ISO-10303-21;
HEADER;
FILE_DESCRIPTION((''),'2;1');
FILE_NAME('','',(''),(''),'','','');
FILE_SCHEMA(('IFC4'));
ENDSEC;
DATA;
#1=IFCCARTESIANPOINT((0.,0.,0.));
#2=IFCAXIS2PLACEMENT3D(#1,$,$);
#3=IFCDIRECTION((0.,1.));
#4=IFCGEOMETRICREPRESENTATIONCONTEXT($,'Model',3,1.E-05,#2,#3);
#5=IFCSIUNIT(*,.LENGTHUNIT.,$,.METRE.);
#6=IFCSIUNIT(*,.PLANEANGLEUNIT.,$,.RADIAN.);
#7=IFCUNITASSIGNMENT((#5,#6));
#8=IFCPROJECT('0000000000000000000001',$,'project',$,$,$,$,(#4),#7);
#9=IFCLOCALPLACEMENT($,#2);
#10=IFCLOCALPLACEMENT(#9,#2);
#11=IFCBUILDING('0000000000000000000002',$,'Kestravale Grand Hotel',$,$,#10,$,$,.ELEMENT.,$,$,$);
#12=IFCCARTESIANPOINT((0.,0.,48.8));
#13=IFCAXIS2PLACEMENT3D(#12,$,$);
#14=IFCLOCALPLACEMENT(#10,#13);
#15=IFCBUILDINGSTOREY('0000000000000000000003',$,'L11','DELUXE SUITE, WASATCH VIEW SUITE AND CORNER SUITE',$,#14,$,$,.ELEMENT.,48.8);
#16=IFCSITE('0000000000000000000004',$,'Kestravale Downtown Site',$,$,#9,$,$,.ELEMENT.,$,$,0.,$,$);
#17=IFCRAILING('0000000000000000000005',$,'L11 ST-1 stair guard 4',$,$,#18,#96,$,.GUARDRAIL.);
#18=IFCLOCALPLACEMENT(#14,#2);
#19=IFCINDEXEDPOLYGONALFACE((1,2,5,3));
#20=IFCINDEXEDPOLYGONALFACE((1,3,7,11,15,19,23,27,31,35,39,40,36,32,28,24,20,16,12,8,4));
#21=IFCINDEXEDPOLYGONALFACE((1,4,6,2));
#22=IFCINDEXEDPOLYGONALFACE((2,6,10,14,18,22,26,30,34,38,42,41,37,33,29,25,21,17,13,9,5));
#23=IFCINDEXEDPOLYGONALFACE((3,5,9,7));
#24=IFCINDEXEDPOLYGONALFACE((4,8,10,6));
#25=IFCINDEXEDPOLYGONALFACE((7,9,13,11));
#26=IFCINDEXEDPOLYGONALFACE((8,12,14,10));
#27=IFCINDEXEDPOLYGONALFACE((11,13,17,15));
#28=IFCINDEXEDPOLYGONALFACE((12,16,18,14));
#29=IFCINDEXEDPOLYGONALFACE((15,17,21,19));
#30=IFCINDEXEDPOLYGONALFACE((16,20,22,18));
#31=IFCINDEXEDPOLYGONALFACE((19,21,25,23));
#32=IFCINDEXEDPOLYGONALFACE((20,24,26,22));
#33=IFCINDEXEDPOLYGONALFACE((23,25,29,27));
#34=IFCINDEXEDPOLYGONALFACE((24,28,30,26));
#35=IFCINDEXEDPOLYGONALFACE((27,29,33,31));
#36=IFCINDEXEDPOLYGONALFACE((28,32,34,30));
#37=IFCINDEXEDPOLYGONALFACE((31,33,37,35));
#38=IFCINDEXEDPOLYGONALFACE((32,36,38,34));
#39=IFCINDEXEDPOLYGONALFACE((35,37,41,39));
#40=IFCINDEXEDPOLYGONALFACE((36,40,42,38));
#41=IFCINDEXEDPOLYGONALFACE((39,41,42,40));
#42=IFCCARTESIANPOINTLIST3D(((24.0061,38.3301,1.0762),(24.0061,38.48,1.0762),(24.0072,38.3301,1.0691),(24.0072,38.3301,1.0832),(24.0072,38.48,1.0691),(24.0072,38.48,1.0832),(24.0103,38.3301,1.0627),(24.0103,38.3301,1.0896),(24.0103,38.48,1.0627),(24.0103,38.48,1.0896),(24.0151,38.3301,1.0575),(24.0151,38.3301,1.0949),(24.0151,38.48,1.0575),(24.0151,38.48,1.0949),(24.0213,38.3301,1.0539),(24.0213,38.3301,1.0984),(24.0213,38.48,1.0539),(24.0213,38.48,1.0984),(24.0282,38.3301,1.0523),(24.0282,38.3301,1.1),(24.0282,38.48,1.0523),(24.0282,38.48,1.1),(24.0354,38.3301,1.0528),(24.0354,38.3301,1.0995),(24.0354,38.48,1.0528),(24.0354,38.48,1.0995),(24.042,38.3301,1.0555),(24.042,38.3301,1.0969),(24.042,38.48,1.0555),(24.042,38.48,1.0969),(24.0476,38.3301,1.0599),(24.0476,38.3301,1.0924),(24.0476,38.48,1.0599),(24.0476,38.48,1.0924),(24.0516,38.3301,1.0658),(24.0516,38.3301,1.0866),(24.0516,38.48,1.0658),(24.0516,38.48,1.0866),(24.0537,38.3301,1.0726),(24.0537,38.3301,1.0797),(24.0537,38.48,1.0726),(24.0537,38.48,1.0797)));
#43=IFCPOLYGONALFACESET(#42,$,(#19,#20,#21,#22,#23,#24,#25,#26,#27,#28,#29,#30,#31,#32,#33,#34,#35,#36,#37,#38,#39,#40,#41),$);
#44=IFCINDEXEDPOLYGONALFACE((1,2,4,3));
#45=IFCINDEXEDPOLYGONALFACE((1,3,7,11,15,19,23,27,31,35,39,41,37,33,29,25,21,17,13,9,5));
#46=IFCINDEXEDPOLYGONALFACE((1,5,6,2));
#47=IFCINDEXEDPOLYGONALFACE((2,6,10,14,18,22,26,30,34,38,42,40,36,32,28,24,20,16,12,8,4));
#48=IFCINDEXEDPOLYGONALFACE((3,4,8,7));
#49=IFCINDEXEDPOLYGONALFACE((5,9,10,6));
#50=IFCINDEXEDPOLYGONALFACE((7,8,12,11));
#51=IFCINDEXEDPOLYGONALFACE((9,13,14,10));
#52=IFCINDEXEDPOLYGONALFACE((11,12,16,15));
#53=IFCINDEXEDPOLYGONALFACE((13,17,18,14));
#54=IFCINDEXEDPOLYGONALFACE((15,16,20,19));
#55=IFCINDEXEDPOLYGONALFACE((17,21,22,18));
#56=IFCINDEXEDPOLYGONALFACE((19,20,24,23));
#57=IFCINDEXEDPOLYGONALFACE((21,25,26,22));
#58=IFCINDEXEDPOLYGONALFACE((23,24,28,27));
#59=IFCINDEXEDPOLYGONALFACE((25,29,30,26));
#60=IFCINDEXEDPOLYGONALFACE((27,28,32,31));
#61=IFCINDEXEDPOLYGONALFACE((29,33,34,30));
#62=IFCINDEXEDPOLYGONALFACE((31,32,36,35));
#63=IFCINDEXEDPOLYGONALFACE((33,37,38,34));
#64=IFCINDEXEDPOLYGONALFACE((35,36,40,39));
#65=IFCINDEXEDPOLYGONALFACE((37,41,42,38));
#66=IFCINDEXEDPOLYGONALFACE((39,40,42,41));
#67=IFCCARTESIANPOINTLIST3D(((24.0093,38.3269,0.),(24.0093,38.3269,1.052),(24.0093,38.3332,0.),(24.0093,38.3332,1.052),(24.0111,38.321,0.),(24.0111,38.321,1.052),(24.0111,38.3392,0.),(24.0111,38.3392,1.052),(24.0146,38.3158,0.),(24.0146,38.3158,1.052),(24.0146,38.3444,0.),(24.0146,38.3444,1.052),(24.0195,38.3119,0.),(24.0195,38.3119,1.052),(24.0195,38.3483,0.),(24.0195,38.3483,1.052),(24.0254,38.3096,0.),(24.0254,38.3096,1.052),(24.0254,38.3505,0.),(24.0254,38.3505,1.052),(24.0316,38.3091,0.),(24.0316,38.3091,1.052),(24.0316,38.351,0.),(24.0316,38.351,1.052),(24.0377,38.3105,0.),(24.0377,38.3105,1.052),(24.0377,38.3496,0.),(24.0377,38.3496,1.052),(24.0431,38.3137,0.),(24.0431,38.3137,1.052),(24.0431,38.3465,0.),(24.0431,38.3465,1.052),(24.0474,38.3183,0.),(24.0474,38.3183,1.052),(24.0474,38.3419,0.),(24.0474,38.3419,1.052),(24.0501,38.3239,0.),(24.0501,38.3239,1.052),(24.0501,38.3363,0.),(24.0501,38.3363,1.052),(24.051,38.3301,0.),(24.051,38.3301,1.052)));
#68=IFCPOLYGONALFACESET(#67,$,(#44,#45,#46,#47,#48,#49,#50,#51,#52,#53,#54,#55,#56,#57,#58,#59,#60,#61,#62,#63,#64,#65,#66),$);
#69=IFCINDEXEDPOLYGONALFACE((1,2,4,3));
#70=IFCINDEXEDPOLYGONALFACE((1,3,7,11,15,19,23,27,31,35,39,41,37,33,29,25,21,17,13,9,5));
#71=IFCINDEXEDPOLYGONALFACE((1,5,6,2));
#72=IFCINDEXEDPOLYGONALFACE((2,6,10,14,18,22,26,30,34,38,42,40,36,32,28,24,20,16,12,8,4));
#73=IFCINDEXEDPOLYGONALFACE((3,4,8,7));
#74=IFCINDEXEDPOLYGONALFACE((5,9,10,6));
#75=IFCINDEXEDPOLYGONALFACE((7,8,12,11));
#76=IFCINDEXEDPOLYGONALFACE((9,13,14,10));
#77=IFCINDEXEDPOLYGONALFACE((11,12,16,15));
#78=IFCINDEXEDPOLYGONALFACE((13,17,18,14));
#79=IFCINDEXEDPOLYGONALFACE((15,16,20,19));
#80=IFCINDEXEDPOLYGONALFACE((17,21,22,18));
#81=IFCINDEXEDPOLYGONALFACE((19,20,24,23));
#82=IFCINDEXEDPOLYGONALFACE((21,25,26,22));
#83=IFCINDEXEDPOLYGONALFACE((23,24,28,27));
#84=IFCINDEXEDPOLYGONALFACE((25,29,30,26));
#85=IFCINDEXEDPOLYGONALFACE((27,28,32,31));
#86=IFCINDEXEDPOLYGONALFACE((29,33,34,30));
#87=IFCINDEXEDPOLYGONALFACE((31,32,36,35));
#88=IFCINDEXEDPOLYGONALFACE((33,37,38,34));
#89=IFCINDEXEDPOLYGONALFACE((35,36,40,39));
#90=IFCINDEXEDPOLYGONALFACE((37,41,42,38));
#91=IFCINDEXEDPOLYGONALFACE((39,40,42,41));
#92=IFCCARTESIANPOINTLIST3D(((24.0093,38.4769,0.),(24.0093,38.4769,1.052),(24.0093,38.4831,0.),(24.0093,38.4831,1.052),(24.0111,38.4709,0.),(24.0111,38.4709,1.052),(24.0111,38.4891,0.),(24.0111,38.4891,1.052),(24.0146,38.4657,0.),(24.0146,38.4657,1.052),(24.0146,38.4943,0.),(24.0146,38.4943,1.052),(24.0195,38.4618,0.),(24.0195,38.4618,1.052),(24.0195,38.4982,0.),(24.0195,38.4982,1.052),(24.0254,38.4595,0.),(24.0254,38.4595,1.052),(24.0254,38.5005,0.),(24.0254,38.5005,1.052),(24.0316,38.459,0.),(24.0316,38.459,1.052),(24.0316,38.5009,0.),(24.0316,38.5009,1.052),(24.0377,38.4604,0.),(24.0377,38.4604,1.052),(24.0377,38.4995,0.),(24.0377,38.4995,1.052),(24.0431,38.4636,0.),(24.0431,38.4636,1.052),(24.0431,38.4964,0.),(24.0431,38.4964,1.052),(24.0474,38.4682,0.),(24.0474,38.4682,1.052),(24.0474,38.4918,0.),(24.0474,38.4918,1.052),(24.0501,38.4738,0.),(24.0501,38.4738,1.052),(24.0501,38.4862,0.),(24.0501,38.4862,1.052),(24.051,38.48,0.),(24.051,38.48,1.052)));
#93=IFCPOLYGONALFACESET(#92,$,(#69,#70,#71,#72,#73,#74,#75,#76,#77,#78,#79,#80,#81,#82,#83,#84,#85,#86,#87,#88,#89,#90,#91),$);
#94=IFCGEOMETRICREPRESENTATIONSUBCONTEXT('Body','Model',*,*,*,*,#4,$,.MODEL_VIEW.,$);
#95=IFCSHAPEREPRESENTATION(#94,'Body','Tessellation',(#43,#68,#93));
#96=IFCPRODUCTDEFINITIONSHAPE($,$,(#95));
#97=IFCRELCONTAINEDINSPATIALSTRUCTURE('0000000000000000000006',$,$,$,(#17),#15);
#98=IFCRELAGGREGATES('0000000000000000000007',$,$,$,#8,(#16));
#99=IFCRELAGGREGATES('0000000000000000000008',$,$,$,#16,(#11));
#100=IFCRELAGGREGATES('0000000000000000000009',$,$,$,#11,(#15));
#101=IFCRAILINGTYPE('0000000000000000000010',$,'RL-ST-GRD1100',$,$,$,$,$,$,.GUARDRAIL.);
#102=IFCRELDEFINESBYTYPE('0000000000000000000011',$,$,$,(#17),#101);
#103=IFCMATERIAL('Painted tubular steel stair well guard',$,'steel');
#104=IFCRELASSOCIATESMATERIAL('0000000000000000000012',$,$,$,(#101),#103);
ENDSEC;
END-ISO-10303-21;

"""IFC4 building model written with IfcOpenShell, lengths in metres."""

from ifc_helpers import new_model, si_unit, direction, frame, origin, origin_2d, place, context, subcontext, project, spatial, circle, extrude, material, type_object, element, save


model = new_model("IFC4")

# Units and contexts
model_context = context("Model", 3, precision=1e-05, world=origin(), true_north=direction((0.0, 1.0)))
body_context = subcontext(model_context, "Body", "Model", "MODEL_VIEW")
ifc_project = project(units=[si_unit("LENGTHUNIT", "METRE"), si_unit("PLANEANGLEUNIT", "RADIAN")], contexts=[model_context])

# Site, building, storey
site_placement = place(None, origin())
site = spatial("IfcSite", under=ifc_project, at=site_placement, Name="Kestravale Downtown Site", CompositionType="ELEMENT", RefElevation=0.0)
building_placement = place(site_placement, origin())
building = spatial("IfcBuilding", under=site, at=building_placement, Name="Kestravale Grand Hotel", CompositionType="ELEMENT")
storey_placement = place(building_placement, frame((0.0, 0.0, 48.8)))
storey = spatial("IfcBuildingStorey", under=building, at=storey_placement, Name="L11", Description="DELUXE SUITE, WASATCH VIEW SUITE AND CORNER SUITE", CompositionType="ELEMENT", Elevation=48.8)

# Railing
ifc_material_1 = material(Name="Painted tubular steel stair well guard", Category="steel")
railing_type_1 = type_object("IfcRailingType", Name="RL-ST-GRD1100", PredefinedType="GUARDRAIL", material=ifc_material_1)
railing_1_placement = place(storey_placement, frame((24.03, 38.3301, 0.0)))
element("IfcRailing", 1, at=railing_1_placement, inside=storey, type_object=railing_type_1, Name="L11 ST-1 stair guard 4", PredefinedType="GUARDRAIL", context=body_context, shape_type="SweptSolid", body=[
    extrude(circle(Radius=0.0239, at=origin_2d()), frame((0.0, 0.0, 1.0762), z_axis=(0.0, 1.0, 0.0), x_axis=(-1.0, 0.0, 0.0)), (0.0, 0.0, 1.0), 0.1499),
    extrude(circle(Radius=0.021, at=origin_2d()), origin(), (0.0, 0.0, 1.0), 1.052),
    extrude(circle(Radius=0.021, at=origin_2d()), frame((0.0, 0.1499, 0.0)), (0.0, 0.0, 1.0), 1.052),
])

save(model, "model.ifc")
